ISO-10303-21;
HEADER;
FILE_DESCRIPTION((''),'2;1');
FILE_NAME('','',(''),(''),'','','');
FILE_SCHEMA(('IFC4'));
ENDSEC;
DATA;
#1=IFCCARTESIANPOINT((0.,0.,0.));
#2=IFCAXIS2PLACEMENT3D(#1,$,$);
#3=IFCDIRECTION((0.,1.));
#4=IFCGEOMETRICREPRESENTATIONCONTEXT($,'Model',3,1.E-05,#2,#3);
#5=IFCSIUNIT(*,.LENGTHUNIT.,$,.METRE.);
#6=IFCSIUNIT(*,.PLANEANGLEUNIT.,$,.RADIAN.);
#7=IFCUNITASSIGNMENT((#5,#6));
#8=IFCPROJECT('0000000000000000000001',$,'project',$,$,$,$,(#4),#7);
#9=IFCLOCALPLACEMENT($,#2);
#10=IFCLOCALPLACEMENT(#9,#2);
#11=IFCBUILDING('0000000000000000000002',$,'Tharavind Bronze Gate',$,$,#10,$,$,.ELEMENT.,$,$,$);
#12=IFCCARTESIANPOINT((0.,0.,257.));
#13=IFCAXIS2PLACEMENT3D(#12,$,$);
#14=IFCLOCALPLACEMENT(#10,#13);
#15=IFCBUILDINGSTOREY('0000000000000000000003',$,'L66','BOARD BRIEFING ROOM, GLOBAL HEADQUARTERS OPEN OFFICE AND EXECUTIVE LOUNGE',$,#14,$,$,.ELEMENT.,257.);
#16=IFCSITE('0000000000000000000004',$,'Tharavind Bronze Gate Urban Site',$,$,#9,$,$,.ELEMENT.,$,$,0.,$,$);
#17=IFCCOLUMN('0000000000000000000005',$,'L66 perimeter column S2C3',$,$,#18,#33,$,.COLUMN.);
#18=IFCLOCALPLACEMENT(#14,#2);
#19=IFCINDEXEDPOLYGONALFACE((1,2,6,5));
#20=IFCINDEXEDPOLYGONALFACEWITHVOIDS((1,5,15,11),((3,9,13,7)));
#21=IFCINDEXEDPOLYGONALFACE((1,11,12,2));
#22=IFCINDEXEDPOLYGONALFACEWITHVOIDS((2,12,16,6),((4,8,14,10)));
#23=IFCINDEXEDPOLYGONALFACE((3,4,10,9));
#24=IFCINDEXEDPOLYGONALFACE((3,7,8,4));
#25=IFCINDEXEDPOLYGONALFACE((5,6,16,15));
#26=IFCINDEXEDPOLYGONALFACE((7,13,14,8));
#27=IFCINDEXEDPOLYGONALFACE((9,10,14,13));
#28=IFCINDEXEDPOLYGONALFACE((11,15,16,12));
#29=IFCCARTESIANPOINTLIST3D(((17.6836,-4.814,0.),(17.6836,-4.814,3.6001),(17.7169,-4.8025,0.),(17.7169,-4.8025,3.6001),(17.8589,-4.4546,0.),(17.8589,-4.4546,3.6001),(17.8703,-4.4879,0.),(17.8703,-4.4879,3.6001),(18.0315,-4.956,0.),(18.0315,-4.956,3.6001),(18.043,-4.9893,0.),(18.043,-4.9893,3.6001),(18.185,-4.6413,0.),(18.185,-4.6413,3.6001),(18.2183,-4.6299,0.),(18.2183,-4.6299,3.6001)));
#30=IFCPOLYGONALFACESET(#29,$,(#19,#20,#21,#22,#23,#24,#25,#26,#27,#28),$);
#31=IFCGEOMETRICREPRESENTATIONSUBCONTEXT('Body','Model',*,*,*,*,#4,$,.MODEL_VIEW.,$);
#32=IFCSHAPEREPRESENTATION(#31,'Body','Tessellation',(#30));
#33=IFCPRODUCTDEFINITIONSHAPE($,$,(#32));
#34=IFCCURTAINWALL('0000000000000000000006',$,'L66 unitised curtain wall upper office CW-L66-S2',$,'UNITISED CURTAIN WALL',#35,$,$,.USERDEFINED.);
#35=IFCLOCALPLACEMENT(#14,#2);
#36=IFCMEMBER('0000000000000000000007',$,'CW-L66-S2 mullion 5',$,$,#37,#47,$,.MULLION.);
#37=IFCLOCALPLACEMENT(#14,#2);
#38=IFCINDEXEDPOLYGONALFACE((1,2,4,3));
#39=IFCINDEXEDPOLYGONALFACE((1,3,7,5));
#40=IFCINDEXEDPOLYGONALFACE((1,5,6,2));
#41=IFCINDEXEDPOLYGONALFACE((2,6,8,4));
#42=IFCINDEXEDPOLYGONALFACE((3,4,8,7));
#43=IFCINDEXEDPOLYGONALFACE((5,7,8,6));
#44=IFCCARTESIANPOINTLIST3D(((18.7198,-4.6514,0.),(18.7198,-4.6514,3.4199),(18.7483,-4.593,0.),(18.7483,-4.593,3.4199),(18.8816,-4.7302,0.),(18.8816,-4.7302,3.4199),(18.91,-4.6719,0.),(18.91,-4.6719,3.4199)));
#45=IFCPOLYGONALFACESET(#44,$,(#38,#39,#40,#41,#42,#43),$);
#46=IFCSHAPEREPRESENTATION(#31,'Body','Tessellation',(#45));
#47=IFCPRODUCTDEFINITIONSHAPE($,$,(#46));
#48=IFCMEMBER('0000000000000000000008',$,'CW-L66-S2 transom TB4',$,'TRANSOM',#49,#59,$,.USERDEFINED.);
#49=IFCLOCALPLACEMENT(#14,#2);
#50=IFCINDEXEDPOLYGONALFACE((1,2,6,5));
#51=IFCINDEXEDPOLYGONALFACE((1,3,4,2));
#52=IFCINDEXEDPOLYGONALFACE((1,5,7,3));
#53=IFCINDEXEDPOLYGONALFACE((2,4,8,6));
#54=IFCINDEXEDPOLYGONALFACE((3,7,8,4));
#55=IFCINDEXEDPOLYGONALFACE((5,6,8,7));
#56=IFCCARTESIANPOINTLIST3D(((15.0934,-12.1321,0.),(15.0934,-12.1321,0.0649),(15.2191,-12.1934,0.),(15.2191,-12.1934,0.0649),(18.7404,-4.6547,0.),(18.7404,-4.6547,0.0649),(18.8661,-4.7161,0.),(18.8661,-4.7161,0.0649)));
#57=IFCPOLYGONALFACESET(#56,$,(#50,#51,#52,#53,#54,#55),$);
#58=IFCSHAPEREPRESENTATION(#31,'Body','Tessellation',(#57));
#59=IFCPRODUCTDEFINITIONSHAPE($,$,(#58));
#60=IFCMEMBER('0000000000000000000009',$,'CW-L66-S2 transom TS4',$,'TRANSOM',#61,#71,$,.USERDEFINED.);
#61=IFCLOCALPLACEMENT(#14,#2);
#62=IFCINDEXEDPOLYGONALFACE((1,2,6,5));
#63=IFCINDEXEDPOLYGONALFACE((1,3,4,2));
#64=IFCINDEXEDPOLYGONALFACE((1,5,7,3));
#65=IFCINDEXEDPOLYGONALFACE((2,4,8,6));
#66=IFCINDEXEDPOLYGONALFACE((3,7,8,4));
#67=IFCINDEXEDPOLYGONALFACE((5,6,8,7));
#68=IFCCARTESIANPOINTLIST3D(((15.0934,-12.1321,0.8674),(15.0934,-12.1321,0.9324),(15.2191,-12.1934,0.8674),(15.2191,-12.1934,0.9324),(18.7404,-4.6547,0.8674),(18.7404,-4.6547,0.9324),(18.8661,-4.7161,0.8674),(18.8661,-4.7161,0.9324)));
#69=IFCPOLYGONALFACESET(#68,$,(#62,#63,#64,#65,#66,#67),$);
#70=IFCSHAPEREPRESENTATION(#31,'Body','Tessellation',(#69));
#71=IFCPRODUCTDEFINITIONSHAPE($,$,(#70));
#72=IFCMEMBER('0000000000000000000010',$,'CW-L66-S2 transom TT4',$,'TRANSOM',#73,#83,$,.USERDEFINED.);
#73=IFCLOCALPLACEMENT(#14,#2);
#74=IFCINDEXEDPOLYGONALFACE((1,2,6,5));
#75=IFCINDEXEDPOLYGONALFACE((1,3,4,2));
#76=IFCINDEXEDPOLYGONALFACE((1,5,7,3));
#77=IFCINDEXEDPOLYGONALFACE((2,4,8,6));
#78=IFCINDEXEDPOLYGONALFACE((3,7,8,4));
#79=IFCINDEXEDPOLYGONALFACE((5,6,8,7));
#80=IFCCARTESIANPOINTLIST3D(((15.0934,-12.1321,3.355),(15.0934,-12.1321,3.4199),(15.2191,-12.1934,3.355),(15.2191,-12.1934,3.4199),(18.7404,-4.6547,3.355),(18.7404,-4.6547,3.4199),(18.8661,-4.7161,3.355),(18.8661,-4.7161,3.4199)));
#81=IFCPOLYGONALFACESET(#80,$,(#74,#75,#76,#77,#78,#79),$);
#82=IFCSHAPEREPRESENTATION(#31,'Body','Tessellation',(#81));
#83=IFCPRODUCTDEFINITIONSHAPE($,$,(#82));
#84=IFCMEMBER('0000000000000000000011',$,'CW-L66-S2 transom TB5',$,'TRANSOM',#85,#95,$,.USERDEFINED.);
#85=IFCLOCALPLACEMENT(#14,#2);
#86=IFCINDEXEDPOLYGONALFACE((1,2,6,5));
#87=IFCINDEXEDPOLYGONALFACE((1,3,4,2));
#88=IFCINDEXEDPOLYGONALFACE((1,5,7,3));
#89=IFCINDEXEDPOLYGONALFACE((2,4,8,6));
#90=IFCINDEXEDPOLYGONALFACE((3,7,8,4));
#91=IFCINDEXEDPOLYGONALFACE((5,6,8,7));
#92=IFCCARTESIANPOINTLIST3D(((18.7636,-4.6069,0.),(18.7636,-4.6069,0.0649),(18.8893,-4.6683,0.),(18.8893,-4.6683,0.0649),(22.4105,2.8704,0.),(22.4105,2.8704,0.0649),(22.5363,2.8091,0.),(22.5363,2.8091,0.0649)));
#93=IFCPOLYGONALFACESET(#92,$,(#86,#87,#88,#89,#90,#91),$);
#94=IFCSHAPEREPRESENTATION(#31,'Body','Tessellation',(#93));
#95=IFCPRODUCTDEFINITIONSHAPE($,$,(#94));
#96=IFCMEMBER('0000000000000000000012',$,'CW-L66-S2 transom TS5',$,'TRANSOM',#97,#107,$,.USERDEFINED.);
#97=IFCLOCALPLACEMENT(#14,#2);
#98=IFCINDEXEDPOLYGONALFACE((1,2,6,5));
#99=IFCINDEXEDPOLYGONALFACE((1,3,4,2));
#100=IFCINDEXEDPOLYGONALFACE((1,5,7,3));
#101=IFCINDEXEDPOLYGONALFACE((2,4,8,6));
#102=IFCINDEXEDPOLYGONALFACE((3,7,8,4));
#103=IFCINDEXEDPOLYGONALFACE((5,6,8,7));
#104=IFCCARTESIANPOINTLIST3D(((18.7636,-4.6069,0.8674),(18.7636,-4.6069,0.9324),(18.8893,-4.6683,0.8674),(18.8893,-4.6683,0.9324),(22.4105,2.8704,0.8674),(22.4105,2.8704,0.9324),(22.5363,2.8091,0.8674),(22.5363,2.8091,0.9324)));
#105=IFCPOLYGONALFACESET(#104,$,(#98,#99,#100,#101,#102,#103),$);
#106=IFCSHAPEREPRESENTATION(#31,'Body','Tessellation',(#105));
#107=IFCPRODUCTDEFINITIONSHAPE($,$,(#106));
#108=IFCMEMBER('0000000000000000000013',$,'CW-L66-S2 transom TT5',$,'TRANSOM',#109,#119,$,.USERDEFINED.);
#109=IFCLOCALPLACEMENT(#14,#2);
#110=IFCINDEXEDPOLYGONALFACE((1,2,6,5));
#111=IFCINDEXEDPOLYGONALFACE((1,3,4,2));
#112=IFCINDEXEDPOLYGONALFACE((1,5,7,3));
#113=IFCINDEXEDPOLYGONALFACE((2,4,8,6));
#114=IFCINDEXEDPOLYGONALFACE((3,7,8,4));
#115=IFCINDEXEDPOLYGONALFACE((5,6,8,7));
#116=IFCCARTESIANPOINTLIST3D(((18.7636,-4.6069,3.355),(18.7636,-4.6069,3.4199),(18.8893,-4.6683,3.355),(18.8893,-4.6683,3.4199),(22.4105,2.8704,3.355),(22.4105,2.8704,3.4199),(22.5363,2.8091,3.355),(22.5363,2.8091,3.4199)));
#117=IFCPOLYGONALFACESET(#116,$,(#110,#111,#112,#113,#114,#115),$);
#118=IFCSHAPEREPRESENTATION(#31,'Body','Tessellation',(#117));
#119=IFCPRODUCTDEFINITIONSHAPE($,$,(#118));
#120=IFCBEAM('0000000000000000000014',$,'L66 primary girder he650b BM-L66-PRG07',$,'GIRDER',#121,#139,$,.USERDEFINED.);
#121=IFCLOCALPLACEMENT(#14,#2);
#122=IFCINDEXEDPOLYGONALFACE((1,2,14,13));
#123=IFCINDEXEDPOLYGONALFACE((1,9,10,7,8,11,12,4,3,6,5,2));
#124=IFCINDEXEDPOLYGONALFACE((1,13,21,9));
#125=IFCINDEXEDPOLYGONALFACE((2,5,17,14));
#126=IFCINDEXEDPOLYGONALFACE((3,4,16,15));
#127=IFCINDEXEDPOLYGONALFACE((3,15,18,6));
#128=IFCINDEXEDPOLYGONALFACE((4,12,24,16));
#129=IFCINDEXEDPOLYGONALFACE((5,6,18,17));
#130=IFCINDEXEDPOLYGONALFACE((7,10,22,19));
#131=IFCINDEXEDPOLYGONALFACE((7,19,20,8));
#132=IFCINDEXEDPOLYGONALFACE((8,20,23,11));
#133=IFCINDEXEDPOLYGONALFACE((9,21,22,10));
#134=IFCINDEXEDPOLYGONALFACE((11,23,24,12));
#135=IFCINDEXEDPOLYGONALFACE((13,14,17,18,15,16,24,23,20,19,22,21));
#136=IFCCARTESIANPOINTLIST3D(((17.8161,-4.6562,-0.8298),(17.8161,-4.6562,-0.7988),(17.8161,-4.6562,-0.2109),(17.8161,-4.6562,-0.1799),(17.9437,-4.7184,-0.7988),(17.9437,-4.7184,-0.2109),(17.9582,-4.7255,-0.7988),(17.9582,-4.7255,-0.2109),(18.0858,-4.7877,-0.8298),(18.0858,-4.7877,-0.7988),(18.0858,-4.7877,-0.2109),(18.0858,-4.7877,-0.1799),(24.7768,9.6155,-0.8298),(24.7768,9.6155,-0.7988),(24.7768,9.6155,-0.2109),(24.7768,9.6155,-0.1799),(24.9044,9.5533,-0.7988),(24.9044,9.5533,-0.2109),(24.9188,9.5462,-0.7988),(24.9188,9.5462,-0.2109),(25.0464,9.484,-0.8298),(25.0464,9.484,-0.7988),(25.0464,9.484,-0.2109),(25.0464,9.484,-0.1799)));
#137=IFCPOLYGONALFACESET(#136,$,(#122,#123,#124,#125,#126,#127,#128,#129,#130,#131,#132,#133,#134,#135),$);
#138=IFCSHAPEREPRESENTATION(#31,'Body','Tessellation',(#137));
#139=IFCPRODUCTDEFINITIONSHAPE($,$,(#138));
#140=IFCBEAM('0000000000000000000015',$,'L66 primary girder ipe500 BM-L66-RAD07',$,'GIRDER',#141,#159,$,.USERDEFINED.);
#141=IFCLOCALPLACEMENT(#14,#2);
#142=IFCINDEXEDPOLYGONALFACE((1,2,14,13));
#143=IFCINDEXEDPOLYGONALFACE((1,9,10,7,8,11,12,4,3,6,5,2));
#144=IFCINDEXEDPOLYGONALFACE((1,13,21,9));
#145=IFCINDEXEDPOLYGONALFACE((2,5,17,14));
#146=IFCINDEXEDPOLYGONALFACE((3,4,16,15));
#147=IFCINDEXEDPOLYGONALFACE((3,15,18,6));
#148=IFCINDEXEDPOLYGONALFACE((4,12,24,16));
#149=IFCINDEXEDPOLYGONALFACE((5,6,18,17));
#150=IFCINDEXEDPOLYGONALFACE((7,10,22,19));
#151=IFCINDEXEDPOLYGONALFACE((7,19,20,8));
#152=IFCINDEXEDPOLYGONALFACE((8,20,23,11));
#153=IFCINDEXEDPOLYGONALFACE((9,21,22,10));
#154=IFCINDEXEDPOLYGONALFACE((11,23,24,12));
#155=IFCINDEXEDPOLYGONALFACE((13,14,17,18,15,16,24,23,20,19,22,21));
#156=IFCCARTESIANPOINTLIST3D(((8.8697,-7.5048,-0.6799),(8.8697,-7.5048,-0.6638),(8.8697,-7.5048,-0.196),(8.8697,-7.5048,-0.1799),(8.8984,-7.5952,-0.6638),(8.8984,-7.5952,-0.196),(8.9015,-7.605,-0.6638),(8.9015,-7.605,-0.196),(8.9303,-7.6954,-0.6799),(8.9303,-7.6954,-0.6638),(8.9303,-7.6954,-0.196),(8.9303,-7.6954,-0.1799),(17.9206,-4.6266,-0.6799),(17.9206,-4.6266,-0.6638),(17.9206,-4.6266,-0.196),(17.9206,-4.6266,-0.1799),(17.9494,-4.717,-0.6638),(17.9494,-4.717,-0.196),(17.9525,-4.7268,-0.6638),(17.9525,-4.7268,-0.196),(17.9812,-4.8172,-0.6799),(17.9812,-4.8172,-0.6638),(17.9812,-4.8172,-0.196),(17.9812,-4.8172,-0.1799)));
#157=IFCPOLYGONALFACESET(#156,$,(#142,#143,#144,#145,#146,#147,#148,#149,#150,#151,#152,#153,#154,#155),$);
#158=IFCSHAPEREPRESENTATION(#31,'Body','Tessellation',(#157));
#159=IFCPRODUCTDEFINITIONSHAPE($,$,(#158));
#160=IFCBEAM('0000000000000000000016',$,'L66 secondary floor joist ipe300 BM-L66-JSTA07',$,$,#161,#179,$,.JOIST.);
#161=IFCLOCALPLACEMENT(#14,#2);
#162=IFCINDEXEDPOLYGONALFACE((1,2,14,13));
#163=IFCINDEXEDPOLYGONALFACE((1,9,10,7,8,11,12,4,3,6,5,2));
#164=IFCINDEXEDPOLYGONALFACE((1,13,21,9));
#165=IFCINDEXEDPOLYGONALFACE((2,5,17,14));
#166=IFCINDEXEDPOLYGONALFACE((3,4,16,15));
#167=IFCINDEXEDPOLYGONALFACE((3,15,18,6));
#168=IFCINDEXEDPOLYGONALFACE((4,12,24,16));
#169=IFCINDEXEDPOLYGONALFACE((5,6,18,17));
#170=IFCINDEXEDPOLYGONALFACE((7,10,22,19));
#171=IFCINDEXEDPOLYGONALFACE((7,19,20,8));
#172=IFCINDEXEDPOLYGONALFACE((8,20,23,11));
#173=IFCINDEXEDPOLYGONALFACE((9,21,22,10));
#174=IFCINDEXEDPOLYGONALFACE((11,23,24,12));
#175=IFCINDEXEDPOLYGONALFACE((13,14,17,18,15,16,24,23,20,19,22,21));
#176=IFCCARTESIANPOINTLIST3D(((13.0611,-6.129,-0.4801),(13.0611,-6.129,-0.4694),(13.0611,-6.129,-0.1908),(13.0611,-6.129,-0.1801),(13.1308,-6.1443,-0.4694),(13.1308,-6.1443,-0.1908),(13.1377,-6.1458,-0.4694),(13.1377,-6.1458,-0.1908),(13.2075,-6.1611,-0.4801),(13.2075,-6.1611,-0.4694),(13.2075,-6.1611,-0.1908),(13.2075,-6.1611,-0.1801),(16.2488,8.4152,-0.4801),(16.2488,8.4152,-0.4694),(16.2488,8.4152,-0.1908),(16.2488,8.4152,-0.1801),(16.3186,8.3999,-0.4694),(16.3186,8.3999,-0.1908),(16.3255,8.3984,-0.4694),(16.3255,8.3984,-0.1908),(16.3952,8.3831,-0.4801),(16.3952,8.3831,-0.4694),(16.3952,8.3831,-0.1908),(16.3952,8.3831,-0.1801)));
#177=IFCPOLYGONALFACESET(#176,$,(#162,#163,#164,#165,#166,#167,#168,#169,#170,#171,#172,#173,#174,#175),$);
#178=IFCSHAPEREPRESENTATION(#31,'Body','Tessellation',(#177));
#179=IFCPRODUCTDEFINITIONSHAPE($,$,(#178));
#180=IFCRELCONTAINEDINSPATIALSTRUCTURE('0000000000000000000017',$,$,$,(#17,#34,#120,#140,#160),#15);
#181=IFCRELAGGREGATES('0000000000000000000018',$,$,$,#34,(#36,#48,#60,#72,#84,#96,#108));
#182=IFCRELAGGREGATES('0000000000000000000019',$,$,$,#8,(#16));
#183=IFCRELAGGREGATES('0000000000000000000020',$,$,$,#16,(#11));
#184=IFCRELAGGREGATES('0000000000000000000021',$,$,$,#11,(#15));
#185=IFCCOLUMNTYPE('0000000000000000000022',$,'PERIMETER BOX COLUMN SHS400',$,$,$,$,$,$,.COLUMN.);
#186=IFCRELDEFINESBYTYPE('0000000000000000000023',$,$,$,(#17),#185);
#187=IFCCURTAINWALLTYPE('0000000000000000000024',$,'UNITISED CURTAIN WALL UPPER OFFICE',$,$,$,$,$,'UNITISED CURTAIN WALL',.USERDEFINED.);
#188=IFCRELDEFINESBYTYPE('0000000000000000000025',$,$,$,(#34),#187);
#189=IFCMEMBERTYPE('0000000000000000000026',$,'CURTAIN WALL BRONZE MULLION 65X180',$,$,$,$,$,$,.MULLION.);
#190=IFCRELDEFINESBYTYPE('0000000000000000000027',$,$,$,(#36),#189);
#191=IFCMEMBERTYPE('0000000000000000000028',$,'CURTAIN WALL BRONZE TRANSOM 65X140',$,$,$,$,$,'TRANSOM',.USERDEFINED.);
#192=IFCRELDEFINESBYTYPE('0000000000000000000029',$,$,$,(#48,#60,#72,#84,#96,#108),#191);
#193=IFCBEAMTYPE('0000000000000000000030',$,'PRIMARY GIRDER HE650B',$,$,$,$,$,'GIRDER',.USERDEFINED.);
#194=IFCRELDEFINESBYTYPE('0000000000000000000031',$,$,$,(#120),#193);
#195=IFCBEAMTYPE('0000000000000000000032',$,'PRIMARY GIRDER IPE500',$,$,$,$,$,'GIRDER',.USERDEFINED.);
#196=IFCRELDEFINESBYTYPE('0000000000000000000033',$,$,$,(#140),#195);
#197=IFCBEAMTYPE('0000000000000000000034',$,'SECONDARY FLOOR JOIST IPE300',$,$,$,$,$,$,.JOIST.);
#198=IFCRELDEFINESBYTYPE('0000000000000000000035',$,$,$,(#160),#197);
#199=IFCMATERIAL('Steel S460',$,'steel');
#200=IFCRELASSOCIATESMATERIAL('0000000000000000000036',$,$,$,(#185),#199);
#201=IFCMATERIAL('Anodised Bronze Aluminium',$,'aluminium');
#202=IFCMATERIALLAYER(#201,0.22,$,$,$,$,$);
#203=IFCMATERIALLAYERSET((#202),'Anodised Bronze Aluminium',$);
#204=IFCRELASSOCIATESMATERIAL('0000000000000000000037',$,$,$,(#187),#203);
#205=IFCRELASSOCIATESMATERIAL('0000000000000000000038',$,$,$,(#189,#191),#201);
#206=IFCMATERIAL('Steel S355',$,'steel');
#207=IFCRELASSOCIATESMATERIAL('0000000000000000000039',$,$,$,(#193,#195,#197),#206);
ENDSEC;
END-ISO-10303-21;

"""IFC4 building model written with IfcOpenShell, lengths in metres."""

from ifc_helpers import new_model, si_unit, direction, frame, origin, origin_2d, place, context, subcontext, project, spatial, rectangle, hollow_rectangle, i_section, extrude, material, layer, layer_set, material_profile, profile_set, type_object, element, aggregate, save


model = new_model("IFC4")

# Units and contexts
model_context = context("Model", 3, precision=1e-05, world=origin(), true_north=direction((0.0, 1.0)))
body_context = subcontext(model_context, "Body", "Model", "MODEL_VIEW")
ifc_project = project(units=[si_unit("LENGTHUNIT", "METRE"), si_unit("PLANEANGLEUNIT", "RADIAN")], contexts=[model_context])

# Site, building, storey
site_placement = place(None, origin())
site = spatial("IfcSite", under=ifc_project, at=site_placement, Name="Tharavind Bronze Gate Urban Site", CompositionType="ELEMENT", RefElevation=0.0)
building_placement = place(site_placement, origin())
building = spatial("IfcBuilding", under=site, at=building_placement, Name="Tharavind Bronze Gate", CompositionType="ELEMENT")
storey_placement = place(building_placement, frame((0.0, 0.0, 257.0)))
storey = spatial("IfcBuildingStorey", under=building, at=storey_placement, Name="L66", Description="BOARD BRIEFING ROOM, GLOBAL HEADQUARTERS OPEN OFFICE AND EXECUTIVE LOUNGE", CompositionType="ELEMENT", Elevation=257.0)

# Column
ifc_material_1 = material(Name="Steel S460", Category="steel")
ifc_material_profile_1 = material_profile(ifc_material_1, hollow_rectangle(XDim=0.3999, YDim=0.3999, WallThickness=0.0249, at=origin_2d()), Name="SHS400X25")
ifc_profile_set_1 = profile_set([ifc_material_profile_1], Name="Steel S460")
column_type = type_object("IfcColumnType", Name="PERIMETER BOX COLUMN SHS400", PredefinedType="COLUMN", material=ifc_profile_set_1)
column_placement = place(storey_placement, frame((17.9509, -4.7219, 0.0), z_axis=(0.0, 0.0, 1.0), x_axis=(0.438373, 0.898793, 0.0)))
element("IfcColumn", 1, at=column_placement, inside=storey, type_object=column_type, Name="L66 perimeter column S2C3", PredefinedType="COLUMN", context=body_context, shape_type="SweptSolid", body=[
    extrude(hollow_rectangle(XDim=0.3999, YDim=0.3999, WallThickness=0.0249, at=origin_2d()), origin(), (0.0, 0.0, 1.0), 3.6001),
])

# Curtain wall, members
ifc_material_2 = material(Name="Anodised Bronze Aluminium", Category="aluminium")
ifc_layer_1 = layer(ifc_material_2, 0.22)
ifc_layer_set_1 = layer_set([ifc_layer_1], Name="Anodised Bronze Aluminium")
curtain_wall_type = type_object("IfcCurtainWallType", Name="UNITISED CURTAIN WALL UPPER OFFICE", ElementType="UNITISED CURTAIN WALL", PredefinedType="USERDEFINED", material=ifc_layer_set_1)
curtain_wall_placement = place(storey_placement, origin())
curtain_wall = element("IfcCurtainWall", 2, at=curtain_wall_placement, inside=storey, type_object=curtain_wall_type, Name="L66 unitised curtain wall upper office CW-L66-S2", ObjectType="UNITISED CURTAIN WALL", PredefinedType="USERDEFINED")
member_type_1 = type_object("IfcMemberType", Name="CURTAIN WALL BRONZE MULLION 65X180", PredefinedType="MULLION", material=ifc_material_2)
member_1_placement = place(storey_placement, frame((18.8149, -4.6616, 0.0), z_axis=(0.0, 0.0, 1.0), x_axis=(0.438373, 0.898793, 0.0)))
member_1 = element("IfcMember", 3, at=member_1_placement, type_object=member_type_1, Name="CW-L66-S2 mullion 5", PredefinedType="MULLION", context=body_context, shape_type="SweptSolid", body=[
    extrude(rectangle(XDim=0.0649, YDim=0.1799, at=origin_2d()), origin(), (0.0, 0.0, 1.0), 3.4199),
])
member_type_2 = type_object("IfcMemberType", Name="CURTAIN WALL BRONZE TRANSOM 65X140", ElementType="TRANSOM", PredefinedType="USERDEFINED", material=ifc_material_2)
member_2_placement = place(storey_placement, frame((16.9797, -8.4241, 0.0), z_axis=(0.0, 0.0, 1.0), x_axis=(0.438373, 0.898793, 0.0)))
member_2 = element("IfcMember", 4, at=member_2_placement, type_object=member_type_2, Name="CW-L66-S2 transom TB4", ObjectType="TRANSOM", PredefinedType="USERDEFINED", context=body_context, shape_type="SweptSolid", body=[
    extrude(rectangle(XDim=8.3193, YDim=0.1399, at=origin_2d()), origin(), (0.0, 0.0, 1.0), 0.0649),
])
member_3_placement = place(storey_placement, frame((16.9797, -8.4241, 0.8674), z_axis=(0.0, 0.0, 1.0), x_axis=(0.438373, 0.898793, 0.0)))
member_3 = element("IfcMember", 5, at=member_3_placement, type_object=member_type_2, Name="CW-L66-S2 transom TS4", ObjectType="TRANSOM", PredefinedType="USERDEFINED", context=body_context, shape_type="SweptSolid", body=[
    extrude(rectangle(XDim=8.3193, YDim=0.1399, at=origin_2d()), origin(), (0.0, 0.0, 1.0), 0.0649),
])
member_4_placement = place(storey_placement, frame((16.9797, -8.4241, 3.355), z_axis=(0.0, 0.0, 1.0), x_axis=(0.438373, 0.898793, 0.0)))
member_4 = element("IfcMember", 6, at=member_4_placement, type_object=member_type_2, Name="CW-L66-S2 transom TT4", ObjectType="TRANSOM", PredefinedType="USERDEFINED", context=body_context, shape_type="SweptSolid", body=[
    extrude(rectangle(XDim=8.3193, YDim=0.1399, at=origin_2d()), origin(), (0.0, 0.0, 1.0), 0.0649),
])
member_5_placement = place(storey_placement, frame((20.6499, -0.8989, 0.0), z_axis=(0.0, 0.0, 1.0), x_axis=(0.438373, 0.898793, 0.0)))
member_5 = element("IfcMember", 7, at=member_5_placement, type_object=member_type_2, Name="CW-L66-S2 transom TB5", ObjectType="TRANSOM", PredefinedType="USERDEFINED", context=body_context, shape_type="SweptSolid", body=[
    extrude(rectangle(XDim=8.3193, YDim=0.1399, at=origin_2d()), origin(), (0.0, 0.0, 1.0), 0.0649),
])
member_6_placement = place(storey_placement, frame((20.6499, -0.8989, 0.8674), z_axis=(0.0, 0.0, 1.0), x_axis=(0.438373, 0.898793, 0.0)))
member_6 = element("IfcMember", 8, at=member_6_placement, type_object=member_type_2, Name="CW-L66-S2 transom TS5", ObjectType="TRANSOM", PredefinedType="USERDEFINED", context=body_context, shape_type="SweptSolid", body=[
    extrude(rectangle(XDim=8.3193, YDim=0.1399, at=origin_2d()), origin(), (0.0, 0.0, 1.0), 0.0649),
])
member_7_placement = place(storey_placement, frame((20.6499, -0.8989, 3.355), z_axis=(0.0, 0.0, 1.0), x_axis=(0.438373, 0.898793, 0.0)))
member_7 = element("IfcMember", 9, at=member_7_placement, type_object=member_type_2, Name="CW-L66-S2 transom TT5", ObjectType="TRANSOM", PredefinedType="USERDEFINED", context=body_context, shape_type="SweptSolid", body=[
    extrude(rectangle(XDim=8.3193, YDim=0.1399, at=origin_2d()), origin(), (0.0, 0.0, 1.0), 0.0649),
])

# Beams
ifc_material_3 = material(Name="Steel S355", Category="steel")
ifc_material_profile_2 = material_profile(ifc_material_3, i_section(OverallWidth=0.3, OverallDepth=0.6499, WebThickness=0.0161, FlangeThickness=0.031, at=origin_2d()), Name="HE650B")
ifc_profile_set_2 = profile_set([ifc_material_profile_2], Name="Steel S355")
beam_type_1 = type_object("IfcBeamType", Name="PRIMARY GIRDER HE650B", ElementType="GIRDER", PredefinedType="USERDEFINED", material=ifc_profile_set_2)
beam_1_placement = place(storey_placement, frame((17.9509, -4.7219, -0.5049), z_axis=(0.438366, 0.898796, 0.0), x_axis=(-0.898796, 0.438366, 0.0)))
element("IfcBeam", 10, at=beam_1_placement, inside=storey, type_object=beam_type_1, Name="L66 primary girder he650b BM-L66-PRG07", ObjectType="GIRDER", PredefinedType="USERDEFINED", context=body_context, shape_type="SweptSolid", body=[
    extrude(i_section(OverallWidth=0.3, OverallDepth=0.6499, WebThickness=0.0161, FlangeThickness=0.031, at=origin_2d()), origin(), (0.0, 0.0, 1.0), 15.8787),
])
ifc_material_profile_3 = material_profile(ifc_material_3, i_section(OverallWidth=0.2, OverallDepth=0.5, WebThickness=0.0103, FlangeThickness=0.0161, at=origin_2d()), Name="IPE500")
ifc_profile_set_3 = profile_set([ifc_material_profile_3], Name="Steel S355")
beam_type_2 = type_object("IfcBeamType", Name="PRIMARY GIRDER IPE500", ElementType="GIRDER", PredefinedType="USERDEFINED", material=ifc_profile_set_3)
beam_2_placement = place(storey_placement, frame((17.9509, -4.7219, -0.4299), z_axis=(-0.952977, -0.303041, 0.0), x_axis=(0.303041, -0.952977, 0.0)))
element("IfcBeam", 11, at=beam_2_placement, inside=storey, type_object=beam_type_2, Name="L66 primary girder ipe500 BM-L66-RAD07", ObjectType="GIRDER", PredefinedType="USERDEFINED", context=body_context, shape_type="SweptSolid", body=[
    extrude(i_section(OverallWidth=0.2, OverallDepth=0.5, WebThickness=0.0103, FlangeThickness=0.0161, at=origin_2d()), origin(), (0.0, 0.0, 1.0), 9.4976),
])
ifc_material_profile_4 = material_profile(ifc_material_3, i_section(OverallWidth=0.1499, OverallDepth=0.3, WebThickness=0.0071, FlangeThickness=0.0107, at=origin_2d()), Name="IPE300")
ifc_profile_set_4 = profile_set([ifc_material_profile_4], Name="Steel S355")
beam_type_3 = type_object("IfcBeamType", Name="SECONDARY FLOOR JOIST IPE300", PredefinedType="JOIST", material=ifc_profile_set_4)
beam_3_placement = place(storey_placement, frame((13.1343, -6.145, -0.3301), z_axis=(0.214094, 0.976813, 0.0), x_axis=(-0.976813, 0.214094, 0.0)))
element("IfcBeam", 12, at=beam_3_placement, inside=storey, type_object=beam_type_3, Name="L66 secondary floor joist ipe300 BM-L66-JSTA07", PredefinedType="JOIST", context=body_context, shape_type="SweptSolid", body=[
    extrude(i_section(OverallWidth=0.1499, OverallDepth=0.3, WebThickness=0.0071, FlangeThickness=0.0107, at=origin_2d()), origin(), (0.0, 0.0, 1.0), 14.8894),
])

aggregate(curtain_wall, [member_1, member_2, member_3, member_4, member_5, member_6, member_7])

save(model, "model.ifc")
